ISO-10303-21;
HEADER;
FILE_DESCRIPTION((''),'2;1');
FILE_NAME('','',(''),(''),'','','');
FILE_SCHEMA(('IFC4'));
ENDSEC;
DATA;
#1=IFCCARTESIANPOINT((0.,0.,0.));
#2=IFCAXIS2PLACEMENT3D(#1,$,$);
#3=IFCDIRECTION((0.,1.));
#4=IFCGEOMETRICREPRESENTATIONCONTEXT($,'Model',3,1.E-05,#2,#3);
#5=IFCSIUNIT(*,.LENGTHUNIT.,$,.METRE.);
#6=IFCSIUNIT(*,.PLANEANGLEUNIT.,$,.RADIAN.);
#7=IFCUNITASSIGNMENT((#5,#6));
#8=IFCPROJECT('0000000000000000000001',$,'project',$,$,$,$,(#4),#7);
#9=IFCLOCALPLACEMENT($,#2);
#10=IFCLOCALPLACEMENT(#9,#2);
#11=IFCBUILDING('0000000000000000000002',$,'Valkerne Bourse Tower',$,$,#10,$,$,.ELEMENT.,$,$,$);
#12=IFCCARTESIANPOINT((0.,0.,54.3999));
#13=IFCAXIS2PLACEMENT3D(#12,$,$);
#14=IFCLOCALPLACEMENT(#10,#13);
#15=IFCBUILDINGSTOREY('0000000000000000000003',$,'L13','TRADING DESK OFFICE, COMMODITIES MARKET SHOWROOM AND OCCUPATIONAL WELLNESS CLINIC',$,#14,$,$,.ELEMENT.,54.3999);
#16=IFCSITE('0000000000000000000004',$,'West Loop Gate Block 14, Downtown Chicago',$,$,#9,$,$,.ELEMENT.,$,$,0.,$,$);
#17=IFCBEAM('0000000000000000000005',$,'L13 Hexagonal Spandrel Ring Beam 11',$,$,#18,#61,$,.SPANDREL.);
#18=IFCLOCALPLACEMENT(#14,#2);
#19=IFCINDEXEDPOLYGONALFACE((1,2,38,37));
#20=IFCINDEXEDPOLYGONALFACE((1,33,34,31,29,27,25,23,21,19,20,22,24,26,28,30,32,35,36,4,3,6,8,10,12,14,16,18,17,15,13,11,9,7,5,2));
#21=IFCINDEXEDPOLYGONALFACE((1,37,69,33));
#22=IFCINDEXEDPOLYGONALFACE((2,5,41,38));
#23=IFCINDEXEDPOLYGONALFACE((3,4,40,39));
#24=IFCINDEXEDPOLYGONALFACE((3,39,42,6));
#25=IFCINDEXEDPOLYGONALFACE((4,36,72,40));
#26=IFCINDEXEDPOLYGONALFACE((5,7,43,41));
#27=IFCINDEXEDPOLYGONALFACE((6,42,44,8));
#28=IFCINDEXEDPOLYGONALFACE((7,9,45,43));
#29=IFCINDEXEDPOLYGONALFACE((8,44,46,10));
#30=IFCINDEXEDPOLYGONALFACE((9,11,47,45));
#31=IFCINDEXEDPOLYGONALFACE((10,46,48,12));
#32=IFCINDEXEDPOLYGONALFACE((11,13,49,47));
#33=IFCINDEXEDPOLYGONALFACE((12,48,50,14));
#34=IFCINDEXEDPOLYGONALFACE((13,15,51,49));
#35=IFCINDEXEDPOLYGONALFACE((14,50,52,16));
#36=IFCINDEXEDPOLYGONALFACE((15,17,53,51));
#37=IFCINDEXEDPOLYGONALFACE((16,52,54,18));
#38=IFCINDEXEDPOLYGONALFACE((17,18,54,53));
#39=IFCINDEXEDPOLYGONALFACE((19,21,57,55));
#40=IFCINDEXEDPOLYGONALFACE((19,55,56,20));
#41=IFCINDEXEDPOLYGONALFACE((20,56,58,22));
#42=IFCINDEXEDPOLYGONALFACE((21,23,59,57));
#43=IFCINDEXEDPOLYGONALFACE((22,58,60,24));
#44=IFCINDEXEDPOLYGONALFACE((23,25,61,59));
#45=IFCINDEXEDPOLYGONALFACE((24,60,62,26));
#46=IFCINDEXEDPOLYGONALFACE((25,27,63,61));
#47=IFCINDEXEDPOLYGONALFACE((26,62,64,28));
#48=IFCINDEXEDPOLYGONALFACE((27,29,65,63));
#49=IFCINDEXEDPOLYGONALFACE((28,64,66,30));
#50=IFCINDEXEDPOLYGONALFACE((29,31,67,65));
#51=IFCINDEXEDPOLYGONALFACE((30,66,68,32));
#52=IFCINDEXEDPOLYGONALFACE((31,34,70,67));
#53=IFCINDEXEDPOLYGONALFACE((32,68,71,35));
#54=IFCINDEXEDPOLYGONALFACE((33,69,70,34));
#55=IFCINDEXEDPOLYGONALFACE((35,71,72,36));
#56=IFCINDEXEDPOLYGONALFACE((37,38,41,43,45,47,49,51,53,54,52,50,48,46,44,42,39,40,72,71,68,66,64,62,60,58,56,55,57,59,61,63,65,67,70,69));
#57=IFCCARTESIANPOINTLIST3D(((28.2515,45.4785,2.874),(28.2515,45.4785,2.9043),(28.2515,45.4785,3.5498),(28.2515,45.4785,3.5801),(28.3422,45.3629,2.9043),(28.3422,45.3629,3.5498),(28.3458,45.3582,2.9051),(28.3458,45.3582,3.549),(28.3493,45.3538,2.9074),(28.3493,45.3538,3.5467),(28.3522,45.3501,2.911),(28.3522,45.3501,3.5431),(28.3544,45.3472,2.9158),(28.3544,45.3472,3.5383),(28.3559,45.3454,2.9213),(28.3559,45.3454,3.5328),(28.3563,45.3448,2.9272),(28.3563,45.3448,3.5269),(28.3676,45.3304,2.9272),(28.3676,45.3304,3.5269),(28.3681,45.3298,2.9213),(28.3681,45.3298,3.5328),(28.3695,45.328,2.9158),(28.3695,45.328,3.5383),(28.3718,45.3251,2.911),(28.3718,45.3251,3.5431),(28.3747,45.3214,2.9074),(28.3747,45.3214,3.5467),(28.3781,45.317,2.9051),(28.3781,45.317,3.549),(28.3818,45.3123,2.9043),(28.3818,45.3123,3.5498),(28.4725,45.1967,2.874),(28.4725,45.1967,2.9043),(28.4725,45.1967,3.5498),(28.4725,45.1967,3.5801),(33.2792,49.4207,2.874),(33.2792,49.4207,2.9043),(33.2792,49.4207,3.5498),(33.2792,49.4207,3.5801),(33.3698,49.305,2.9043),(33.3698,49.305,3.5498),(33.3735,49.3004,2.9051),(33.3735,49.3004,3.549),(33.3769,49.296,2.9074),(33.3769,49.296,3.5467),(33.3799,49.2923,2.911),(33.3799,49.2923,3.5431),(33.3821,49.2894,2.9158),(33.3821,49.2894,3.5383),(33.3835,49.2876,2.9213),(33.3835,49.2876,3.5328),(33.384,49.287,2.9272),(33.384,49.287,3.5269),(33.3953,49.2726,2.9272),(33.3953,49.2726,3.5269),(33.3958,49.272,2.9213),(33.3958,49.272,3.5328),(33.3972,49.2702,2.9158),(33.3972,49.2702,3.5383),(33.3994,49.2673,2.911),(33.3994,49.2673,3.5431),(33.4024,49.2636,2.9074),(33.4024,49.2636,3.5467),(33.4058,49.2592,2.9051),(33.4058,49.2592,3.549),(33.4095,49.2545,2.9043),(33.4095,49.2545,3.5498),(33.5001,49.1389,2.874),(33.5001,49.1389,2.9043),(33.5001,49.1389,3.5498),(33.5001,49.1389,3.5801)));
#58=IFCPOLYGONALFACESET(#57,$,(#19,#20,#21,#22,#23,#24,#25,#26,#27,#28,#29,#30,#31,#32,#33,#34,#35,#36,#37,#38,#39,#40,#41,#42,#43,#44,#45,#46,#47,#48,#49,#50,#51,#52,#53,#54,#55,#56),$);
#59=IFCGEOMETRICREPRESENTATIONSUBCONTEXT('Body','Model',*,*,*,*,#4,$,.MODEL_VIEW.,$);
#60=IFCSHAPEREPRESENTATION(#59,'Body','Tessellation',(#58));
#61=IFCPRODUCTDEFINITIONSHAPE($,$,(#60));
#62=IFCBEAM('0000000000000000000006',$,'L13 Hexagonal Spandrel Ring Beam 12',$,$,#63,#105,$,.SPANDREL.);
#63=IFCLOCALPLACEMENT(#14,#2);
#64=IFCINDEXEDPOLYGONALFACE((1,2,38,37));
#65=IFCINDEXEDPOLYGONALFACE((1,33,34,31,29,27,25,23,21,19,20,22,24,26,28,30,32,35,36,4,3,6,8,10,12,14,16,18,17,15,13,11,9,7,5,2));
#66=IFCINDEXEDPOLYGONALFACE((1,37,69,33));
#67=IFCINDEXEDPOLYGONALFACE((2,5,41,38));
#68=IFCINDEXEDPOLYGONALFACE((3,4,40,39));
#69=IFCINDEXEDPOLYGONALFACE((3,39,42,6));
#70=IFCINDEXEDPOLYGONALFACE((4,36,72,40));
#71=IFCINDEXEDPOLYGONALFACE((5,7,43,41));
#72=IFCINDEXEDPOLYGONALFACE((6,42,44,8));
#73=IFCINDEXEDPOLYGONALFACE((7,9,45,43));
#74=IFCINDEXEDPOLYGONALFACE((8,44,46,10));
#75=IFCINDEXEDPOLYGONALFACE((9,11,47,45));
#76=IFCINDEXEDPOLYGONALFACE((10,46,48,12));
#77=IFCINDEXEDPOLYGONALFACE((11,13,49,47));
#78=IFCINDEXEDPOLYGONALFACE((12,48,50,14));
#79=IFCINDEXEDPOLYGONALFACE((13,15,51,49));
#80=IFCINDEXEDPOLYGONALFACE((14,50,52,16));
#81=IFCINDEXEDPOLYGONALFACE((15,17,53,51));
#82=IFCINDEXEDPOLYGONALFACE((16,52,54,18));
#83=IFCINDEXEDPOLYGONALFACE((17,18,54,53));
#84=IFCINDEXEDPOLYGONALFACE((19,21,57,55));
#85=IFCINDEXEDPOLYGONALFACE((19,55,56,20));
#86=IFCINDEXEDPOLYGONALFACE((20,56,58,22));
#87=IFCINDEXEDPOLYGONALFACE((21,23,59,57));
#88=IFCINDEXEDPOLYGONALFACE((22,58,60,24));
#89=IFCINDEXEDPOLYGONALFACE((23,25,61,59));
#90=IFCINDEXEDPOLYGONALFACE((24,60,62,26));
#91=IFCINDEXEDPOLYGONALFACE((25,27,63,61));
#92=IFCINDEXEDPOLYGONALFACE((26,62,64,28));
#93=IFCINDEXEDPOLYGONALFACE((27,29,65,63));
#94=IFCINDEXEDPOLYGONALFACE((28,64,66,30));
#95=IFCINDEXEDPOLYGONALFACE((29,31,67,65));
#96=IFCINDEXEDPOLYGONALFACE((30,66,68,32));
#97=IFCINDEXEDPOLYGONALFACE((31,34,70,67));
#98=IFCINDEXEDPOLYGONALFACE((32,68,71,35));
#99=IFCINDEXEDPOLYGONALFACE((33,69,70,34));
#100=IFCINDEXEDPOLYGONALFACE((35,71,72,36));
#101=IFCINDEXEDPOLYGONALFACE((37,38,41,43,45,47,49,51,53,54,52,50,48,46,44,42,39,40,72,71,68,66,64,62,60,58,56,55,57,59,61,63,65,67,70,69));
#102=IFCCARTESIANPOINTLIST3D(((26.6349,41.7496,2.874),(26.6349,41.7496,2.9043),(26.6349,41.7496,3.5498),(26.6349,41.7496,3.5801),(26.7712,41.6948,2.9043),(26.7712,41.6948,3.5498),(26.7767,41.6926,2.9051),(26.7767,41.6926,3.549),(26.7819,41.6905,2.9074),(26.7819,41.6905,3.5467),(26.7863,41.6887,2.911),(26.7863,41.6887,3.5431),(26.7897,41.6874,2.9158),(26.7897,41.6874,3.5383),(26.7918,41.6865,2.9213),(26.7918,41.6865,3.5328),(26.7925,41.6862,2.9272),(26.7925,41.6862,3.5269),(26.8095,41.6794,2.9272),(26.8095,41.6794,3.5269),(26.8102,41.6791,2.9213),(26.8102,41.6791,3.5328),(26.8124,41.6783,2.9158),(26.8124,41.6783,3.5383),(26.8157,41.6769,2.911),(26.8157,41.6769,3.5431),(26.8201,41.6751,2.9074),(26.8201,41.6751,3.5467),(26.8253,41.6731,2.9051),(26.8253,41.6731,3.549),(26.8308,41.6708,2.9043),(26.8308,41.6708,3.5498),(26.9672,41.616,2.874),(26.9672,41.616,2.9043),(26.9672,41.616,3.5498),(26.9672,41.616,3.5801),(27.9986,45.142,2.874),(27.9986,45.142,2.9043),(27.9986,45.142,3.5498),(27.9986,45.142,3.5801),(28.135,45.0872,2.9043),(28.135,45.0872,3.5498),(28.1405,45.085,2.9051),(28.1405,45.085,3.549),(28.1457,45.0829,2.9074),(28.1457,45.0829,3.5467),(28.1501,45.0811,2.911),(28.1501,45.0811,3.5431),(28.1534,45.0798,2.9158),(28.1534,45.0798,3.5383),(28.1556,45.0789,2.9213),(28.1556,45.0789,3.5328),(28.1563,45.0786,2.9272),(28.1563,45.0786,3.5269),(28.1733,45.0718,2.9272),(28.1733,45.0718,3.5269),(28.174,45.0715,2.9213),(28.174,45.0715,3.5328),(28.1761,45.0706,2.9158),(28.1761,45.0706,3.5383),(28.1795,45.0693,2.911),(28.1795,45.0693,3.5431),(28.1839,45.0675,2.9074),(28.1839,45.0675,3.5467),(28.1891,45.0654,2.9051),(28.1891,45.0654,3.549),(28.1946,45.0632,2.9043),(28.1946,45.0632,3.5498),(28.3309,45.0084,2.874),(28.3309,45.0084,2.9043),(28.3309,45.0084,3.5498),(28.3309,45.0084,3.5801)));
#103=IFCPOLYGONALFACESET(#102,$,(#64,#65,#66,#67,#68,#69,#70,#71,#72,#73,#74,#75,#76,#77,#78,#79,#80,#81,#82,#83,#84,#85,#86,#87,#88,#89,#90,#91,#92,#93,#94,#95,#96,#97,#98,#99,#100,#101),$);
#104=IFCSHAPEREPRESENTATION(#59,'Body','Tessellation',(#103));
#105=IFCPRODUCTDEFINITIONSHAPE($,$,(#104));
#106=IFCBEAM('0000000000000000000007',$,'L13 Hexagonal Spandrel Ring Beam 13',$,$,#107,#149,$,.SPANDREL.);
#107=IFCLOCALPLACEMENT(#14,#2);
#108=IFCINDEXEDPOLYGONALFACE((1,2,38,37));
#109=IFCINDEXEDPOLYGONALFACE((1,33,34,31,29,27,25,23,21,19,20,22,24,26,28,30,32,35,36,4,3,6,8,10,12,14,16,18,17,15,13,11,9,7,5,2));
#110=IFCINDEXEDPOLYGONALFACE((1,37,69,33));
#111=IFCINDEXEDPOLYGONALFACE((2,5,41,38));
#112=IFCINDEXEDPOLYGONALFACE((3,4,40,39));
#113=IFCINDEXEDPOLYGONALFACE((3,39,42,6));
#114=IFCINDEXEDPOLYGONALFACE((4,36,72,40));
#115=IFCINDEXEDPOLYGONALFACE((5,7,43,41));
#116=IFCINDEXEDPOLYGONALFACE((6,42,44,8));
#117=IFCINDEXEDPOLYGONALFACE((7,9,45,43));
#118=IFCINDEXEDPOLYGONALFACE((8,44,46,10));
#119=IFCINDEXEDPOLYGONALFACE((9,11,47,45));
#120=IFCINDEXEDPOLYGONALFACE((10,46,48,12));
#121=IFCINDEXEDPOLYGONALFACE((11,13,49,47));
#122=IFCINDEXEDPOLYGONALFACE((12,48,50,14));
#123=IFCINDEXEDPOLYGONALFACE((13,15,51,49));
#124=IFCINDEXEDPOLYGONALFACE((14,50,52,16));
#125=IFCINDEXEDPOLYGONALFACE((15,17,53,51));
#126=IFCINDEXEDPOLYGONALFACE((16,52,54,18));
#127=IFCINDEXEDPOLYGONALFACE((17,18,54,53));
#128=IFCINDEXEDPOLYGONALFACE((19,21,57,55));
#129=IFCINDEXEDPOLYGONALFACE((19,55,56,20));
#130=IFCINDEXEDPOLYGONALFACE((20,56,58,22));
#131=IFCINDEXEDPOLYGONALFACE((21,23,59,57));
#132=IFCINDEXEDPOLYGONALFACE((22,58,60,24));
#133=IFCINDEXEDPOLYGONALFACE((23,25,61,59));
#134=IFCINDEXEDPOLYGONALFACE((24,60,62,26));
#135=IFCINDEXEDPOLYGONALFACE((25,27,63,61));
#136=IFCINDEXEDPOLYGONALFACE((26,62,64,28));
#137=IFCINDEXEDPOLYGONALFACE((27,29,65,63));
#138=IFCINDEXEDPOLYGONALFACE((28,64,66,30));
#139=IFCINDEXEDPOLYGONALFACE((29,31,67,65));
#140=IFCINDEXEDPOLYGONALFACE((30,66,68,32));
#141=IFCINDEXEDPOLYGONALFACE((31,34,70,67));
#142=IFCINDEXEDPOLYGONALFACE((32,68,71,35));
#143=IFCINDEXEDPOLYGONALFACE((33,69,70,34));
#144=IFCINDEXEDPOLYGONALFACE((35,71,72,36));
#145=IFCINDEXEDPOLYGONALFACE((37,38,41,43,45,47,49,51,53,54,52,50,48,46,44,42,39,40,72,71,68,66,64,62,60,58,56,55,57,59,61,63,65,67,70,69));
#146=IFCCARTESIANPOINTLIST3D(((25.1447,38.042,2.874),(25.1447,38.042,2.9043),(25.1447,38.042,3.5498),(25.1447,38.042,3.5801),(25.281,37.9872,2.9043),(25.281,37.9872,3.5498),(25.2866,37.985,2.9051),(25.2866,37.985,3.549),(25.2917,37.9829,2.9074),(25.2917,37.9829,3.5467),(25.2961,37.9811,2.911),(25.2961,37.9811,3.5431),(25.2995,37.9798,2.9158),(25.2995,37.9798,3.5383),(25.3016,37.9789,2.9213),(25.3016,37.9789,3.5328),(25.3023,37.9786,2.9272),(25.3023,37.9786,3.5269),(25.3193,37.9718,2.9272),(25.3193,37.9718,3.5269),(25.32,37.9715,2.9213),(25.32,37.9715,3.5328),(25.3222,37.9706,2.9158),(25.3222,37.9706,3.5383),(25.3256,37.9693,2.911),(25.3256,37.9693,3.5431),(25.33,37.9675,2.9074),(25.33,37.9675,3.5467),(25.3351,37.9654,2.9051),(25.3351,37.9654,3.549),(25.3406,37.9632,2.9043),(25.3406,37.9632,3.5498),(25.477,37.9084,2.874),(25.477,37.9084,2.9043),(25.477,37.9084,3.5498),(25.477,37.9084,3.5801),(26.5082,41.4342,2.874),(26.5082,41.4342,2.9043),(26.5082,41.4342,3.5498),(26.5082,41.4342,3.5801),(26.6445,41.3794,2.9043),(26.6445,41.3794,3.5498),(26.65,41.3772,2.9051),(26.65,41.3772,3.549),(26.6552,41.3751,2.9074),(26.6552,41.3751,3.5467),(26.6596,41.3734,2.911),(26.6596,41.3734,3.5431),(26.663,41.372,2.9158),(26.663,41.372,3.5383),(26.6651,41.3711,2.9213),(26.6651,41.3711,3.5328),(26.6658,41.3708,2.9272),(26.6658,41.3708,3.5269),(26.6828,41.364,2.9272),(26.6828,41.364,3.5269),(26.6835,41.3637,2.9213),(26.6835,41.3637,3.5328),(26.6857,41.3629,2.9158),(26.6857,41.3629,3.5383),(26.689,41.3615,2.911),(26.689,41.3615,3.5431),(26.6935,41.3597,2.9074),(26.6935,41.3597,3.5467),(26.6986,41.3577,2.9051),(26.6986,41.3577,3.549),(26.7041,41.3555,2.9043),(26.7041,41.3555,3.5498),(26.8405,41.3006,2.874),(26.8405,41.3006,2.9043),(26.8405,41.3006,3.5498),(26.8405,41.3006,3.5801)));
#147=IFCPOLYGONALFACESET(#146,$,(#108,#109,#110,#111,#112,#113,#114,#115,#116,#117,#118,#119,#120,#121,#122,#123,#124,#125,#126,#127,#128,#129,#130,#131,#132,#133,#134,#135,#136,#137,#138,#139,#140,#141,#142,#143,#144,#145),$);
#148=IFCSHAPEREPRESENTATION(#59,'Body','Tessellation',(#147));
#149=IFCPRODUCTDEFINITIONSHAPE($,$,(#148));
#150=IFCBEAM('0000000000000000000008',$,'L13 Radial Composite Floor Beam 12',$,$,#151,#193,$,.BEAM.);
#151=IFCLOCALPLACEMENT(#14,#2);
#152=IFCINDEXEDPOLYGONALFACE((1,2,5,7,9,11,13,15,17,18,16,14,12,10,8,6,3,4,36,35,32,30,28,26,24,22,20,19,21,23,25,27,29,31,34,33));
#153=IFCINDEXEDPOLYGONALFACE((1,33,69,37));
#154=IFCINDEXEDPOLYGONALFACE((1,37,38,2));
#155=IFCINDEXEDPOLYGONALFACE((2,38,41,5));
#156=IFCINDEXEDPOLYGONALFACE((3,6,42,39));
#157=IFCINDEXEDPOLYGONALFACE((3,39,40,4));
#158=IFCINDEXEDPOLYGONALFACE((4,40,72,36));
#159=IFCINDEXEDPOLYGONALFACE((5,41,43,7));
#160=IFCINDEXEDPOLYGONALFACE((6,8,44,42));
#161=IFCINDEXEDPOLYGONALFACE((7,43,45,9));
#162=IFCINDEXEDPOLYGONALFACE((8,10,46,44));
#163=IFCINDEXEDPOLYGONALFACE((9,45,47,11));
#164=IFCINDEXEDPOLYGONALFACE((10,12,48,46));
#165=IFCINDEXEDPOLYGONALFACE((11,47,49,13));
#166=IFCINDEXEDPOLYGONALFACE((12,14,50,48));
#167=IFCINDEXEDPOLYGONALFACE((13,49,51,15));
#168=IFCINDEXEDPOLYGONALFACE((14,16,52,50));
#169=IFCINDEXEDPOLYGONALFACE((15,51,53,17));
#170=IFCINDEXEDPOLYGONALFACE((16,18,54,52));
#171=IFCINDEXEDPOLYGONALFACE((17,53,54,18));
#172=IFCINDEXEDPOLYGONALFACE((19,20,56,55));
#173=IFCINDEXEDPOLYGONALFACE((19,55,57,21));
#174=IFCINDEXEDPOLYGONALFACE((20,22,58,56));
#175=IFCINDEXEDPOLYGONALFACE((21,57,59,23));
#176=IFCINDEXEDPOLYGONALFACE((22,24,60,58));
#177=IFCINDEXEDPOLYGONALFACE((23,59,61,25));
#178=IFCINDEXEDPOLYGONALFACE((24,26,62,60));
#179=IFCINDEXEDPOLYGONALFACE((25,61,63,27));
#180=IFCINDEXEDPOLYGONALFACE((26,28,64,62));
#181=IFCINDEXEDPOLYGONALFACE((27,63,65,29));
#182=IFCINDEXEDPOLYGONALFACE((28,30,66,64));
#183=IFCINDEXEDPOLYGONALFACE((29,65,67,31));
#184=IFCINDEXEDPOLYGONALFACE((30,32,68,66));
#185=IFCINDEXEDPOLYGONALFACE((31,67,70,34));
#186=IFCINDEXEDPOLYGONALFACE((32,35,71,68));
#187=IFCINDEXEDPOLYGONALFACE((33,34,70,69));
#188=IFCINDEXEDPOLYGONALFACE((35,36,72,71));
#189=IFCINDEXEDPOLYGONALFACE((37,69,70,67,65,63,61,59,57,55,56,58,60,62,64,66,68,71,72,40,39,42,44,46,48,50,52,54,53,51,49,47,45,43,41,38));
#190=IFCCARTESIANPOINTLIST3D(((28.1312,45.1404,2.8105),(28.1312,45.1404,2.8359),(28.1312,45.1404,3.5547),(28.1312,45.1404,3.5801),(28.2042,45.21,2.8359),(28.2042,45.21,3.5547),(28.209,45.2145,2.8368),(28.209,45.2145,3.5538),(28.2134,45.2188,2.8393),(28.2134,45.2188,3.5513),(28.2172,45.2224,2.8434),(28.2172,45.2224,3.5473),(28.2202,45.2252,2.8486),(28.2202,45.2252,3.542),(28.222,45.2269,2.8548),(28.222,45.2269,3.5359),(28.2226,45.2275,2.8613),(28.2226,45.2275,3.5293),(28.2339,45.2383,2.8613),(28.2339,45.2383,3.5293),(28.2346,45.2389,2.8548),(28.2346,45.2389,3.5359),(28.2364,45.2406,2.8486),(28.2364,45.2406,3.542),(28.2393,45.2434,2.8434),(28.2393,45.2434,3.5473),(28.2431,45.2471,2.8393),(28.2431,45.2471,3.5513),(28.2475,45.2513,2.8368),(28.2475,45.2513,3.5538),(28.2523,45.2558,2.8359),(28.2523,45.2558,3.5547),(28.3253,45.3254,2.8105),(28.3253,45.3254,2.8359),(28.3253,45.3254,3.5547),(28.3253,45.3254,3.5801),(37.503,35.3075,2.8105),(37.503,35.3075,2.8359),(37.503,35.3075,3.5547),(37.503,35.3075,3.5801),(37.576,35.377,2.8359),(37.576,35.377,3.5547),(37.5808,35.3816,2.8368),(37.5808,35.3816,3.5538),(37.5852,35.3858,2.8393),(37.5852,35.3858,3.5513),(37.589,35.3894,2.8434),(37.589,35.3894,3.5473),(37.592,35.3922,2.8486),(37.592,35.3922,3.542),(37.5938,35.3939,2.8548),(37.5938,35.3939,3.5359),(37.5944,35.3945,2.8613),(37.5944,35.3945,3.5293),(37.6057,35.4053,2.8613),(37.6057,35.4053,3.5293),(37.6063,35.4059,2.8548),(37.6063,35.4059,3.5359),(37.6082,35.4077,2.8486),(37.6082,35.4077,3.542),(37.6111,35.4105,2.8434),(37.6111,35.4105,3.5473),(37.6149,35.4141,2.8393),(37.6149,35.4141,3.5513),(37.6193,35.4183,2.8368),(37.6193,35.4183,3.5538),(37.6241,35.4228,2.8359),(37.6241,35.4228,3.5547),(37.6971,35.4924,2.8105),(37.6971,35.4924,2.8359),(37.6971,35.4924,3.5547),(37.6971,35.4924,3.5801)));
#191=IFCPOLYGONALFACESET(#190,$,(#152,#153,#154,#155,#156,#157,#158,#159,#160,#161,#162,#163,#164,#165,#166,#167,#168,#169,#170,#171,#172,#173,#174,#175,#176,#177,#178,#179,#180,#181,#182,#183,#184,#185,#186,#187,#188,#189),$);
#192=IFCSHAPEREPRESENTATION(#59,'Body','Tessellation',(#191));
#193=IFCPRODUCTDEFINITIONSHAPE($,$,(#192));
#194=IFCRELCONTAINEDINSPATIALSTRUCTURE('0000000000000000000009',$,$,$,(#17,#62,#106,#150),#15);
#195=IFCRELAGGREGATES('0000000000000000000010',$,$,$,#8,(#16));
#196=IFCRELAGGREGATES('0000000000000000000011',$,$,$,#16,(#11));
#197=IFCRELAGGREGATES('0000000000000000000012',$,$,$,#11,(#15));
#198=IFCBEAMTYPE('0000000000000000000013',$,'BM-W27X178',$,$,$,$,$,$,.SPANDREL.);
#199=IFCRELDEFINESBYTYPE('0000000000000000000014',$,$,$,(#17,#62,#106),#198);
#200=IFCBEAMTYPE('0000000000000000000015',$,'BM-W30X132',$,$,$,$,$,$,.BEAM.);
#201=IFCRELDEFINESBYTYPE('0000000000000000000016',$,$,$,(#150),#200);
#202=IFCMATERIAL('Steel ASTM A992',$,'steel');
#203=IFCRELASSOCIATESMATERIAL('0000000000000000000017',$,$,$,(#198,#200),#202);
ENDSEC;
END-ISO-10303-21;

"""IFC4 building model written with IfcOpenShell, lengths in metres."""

from ifc_helpers import new_model, si_unit, direction, frame, origin, origin_2d, place, context, subcontext, project, spatial, i_section, extrude, material, material_profile, profile_set, type_object, element, save


model = new_model("IFC4")

# Units and contexts
model_context = context("Model", 3, precision=1e-05, world=origin(), true_north=direction((0.0, 1.0)))
body_context = subcontext(model_context, "Body", "Model", "MODEL_VIEW")
ifc_project = project(units=[si_unit("LENGTHUNIT", "METRE"), si_unit("PLANEANGLEUNIT", "RADIAN")], contexts=[model_context])

# Site, building, storey
site_placement = place(None, origin())
site = spatial("IfcSite", under=ifc_project, at=site_placement, Name="West Loop Gate Block 14, Downtown Chicago", CompositionType="ELEMENT", RefElevation=0.0)
building_placement = place(site_placement, origin())
building = spatial("IfcBuilding", under=site, at=building_placement, Name="Valkerne Bourse Tower", CompositionType="ELEMENT")
storey_placement = place(building_placement, frame((0.0, 0.0, 54.3999)))
storey = spatial("IfcBuildingStorey", under=building, at=storey_placement, Name="L13", Description="TRADING DESK OFFICE, COMMODITIES MARKET SHOWROOM AND OCCUPATIONAL WELLNESS CLINIC", CompositionType="ELEMENT", Elevation=54.3999)

# Beams
ifc_material_1 = material(Name="Steel ASTM A992", Category="steel")
ifc_material_profile_1 = material_profile(ifc_material_1, i_section(OverallWidth=0.3582, OverallDepth=0.7061, WebThickness=0.0183, FlangeThickness=0.0303, FilletRadius=0.0229, at=origin_2d()), Name="W27X178")
ifc_profile_set_1 = profile_set([ifc_material_profile_1], Name="Steel ASTM A992")
beam_type_1 = type_object("IfcBeamType", Name="BM-W27X178", PredefinedType="SPANDREL", material=ifc_profile_set_1)
beam_1_placement = place(storey_placement, frame((33.3896, 49.2798, 3.2271), z_axis=(-0.786935, -0.617036, 0.0), x_axis=(0.617036, -0.786935, 0.0)))
element("IfcBeam", 1, at=beam_1_placement, inside=storey, type_object=beam_type_1, Name="L13 Hexagonal Spandrel Ring Beam 11", PredefinedType="SPANDREL", context=body_context, shape_type="SweptSolid", body=[
    extrude(i_section(OverallWidth=0.3582, OverallDepth=0.7061, WebThickness=0.0183, FlangeThickness=0.0303, FilletRadius=0.0229, at=origin_2d()), origin(), (0.0, 0.0, 1.0), 6.3889),
])
beam_2_placement = place(storey_placement, frame((28.1648, 45.0752, 3.2271), z_axis=(-0.373002, -0.927831, 0.0), x_axis=(0.927831, -0.373002, 0.0)))
element("IfcBeam", 2, at=beam_2_placement, inside=storey, type_object=beam_type_1, Name="L13 Hexagonal Spandrel Ring Beam 12", PredefinedType="SPANDREL", context=body_context, shape_type="SweptSolid", body=[
    extrude(i_section(OverallWidth=0.3582, OverallDepth=0.7061, WebThickness=0.0183, FlangeThickness=0.0303, FilletRadius=0.0229, at=origin_2d()), origin(), (0.0, 0.0, 1.0), 3.6562),
])
beam_3_placement = place(storey_placement, frame((26.6743, 41.3674, 3.2271), z_axis=(-0.372944, -0.927854, 0.0), x_axis=(0.927854, -0.372944, 0.0)))
element("IfcBeam", 3, at=beam_3_placement, inside=storey, type_object=beam_type_1, Name="L13 Hexagonal Spandrel Ring Beam 13", PredefinedType="SPANDREL", context=body_context, shape_type="SweptSolid", body=[
    extrude(i_section(OverallWidth=0.3582, OverallDepth=0.7061, WebThickness=0.0183, FlangeThickness=0.0303, FilletRadius=0.0229, at=origin_2d()), origin(), (0.0, 0.0, 1.0), 3.656),
])
ifc_material_profile_2 = material_profile(ifc_material_1, i_section(OverallWidth=0.2681, OverallDepth=0.7695, WebThickness=0.0156, FlangeThickness=0.0254, FilletRadius=0.0254, at=origin_2d()), Name="W30X132")
ifc_profile_set_2 = profile_set([ifc_material_profile_2], Name="Steel ASTM A992")
beam_type_2 = type_object("IfcBeamType", Name="BM-W30X132", PredefinedType="BEAM", material=ifc_profile_set_2)
beam_4_placement = place(storey_placement, frame((28.2283, 45.2329, 3.1953), z_axis=(0.689928, -0.723878, 0.0), x_axis=(0.723878, 0.689928, 0.0)))
element("IfcBeam", 4, at=beam_4_placement, inside=storey, type_object=beam_type_2, Name="L13 Radial Composite Floor Beam 12", PredefinedType="BEAM", context=body_context, shape_type="SweptSolid", body=[
    extrude(i_section(OverallWidth=0.2681, OverallDepth=0.7695, WebThickness=0.0156, FlangeThickness=0.0254, FilletRadius=0.0254, at=origin_2d()), origin(), (0.0, 0.0, 1.0), 13.5837),
])

save(model, "model.ifc")
